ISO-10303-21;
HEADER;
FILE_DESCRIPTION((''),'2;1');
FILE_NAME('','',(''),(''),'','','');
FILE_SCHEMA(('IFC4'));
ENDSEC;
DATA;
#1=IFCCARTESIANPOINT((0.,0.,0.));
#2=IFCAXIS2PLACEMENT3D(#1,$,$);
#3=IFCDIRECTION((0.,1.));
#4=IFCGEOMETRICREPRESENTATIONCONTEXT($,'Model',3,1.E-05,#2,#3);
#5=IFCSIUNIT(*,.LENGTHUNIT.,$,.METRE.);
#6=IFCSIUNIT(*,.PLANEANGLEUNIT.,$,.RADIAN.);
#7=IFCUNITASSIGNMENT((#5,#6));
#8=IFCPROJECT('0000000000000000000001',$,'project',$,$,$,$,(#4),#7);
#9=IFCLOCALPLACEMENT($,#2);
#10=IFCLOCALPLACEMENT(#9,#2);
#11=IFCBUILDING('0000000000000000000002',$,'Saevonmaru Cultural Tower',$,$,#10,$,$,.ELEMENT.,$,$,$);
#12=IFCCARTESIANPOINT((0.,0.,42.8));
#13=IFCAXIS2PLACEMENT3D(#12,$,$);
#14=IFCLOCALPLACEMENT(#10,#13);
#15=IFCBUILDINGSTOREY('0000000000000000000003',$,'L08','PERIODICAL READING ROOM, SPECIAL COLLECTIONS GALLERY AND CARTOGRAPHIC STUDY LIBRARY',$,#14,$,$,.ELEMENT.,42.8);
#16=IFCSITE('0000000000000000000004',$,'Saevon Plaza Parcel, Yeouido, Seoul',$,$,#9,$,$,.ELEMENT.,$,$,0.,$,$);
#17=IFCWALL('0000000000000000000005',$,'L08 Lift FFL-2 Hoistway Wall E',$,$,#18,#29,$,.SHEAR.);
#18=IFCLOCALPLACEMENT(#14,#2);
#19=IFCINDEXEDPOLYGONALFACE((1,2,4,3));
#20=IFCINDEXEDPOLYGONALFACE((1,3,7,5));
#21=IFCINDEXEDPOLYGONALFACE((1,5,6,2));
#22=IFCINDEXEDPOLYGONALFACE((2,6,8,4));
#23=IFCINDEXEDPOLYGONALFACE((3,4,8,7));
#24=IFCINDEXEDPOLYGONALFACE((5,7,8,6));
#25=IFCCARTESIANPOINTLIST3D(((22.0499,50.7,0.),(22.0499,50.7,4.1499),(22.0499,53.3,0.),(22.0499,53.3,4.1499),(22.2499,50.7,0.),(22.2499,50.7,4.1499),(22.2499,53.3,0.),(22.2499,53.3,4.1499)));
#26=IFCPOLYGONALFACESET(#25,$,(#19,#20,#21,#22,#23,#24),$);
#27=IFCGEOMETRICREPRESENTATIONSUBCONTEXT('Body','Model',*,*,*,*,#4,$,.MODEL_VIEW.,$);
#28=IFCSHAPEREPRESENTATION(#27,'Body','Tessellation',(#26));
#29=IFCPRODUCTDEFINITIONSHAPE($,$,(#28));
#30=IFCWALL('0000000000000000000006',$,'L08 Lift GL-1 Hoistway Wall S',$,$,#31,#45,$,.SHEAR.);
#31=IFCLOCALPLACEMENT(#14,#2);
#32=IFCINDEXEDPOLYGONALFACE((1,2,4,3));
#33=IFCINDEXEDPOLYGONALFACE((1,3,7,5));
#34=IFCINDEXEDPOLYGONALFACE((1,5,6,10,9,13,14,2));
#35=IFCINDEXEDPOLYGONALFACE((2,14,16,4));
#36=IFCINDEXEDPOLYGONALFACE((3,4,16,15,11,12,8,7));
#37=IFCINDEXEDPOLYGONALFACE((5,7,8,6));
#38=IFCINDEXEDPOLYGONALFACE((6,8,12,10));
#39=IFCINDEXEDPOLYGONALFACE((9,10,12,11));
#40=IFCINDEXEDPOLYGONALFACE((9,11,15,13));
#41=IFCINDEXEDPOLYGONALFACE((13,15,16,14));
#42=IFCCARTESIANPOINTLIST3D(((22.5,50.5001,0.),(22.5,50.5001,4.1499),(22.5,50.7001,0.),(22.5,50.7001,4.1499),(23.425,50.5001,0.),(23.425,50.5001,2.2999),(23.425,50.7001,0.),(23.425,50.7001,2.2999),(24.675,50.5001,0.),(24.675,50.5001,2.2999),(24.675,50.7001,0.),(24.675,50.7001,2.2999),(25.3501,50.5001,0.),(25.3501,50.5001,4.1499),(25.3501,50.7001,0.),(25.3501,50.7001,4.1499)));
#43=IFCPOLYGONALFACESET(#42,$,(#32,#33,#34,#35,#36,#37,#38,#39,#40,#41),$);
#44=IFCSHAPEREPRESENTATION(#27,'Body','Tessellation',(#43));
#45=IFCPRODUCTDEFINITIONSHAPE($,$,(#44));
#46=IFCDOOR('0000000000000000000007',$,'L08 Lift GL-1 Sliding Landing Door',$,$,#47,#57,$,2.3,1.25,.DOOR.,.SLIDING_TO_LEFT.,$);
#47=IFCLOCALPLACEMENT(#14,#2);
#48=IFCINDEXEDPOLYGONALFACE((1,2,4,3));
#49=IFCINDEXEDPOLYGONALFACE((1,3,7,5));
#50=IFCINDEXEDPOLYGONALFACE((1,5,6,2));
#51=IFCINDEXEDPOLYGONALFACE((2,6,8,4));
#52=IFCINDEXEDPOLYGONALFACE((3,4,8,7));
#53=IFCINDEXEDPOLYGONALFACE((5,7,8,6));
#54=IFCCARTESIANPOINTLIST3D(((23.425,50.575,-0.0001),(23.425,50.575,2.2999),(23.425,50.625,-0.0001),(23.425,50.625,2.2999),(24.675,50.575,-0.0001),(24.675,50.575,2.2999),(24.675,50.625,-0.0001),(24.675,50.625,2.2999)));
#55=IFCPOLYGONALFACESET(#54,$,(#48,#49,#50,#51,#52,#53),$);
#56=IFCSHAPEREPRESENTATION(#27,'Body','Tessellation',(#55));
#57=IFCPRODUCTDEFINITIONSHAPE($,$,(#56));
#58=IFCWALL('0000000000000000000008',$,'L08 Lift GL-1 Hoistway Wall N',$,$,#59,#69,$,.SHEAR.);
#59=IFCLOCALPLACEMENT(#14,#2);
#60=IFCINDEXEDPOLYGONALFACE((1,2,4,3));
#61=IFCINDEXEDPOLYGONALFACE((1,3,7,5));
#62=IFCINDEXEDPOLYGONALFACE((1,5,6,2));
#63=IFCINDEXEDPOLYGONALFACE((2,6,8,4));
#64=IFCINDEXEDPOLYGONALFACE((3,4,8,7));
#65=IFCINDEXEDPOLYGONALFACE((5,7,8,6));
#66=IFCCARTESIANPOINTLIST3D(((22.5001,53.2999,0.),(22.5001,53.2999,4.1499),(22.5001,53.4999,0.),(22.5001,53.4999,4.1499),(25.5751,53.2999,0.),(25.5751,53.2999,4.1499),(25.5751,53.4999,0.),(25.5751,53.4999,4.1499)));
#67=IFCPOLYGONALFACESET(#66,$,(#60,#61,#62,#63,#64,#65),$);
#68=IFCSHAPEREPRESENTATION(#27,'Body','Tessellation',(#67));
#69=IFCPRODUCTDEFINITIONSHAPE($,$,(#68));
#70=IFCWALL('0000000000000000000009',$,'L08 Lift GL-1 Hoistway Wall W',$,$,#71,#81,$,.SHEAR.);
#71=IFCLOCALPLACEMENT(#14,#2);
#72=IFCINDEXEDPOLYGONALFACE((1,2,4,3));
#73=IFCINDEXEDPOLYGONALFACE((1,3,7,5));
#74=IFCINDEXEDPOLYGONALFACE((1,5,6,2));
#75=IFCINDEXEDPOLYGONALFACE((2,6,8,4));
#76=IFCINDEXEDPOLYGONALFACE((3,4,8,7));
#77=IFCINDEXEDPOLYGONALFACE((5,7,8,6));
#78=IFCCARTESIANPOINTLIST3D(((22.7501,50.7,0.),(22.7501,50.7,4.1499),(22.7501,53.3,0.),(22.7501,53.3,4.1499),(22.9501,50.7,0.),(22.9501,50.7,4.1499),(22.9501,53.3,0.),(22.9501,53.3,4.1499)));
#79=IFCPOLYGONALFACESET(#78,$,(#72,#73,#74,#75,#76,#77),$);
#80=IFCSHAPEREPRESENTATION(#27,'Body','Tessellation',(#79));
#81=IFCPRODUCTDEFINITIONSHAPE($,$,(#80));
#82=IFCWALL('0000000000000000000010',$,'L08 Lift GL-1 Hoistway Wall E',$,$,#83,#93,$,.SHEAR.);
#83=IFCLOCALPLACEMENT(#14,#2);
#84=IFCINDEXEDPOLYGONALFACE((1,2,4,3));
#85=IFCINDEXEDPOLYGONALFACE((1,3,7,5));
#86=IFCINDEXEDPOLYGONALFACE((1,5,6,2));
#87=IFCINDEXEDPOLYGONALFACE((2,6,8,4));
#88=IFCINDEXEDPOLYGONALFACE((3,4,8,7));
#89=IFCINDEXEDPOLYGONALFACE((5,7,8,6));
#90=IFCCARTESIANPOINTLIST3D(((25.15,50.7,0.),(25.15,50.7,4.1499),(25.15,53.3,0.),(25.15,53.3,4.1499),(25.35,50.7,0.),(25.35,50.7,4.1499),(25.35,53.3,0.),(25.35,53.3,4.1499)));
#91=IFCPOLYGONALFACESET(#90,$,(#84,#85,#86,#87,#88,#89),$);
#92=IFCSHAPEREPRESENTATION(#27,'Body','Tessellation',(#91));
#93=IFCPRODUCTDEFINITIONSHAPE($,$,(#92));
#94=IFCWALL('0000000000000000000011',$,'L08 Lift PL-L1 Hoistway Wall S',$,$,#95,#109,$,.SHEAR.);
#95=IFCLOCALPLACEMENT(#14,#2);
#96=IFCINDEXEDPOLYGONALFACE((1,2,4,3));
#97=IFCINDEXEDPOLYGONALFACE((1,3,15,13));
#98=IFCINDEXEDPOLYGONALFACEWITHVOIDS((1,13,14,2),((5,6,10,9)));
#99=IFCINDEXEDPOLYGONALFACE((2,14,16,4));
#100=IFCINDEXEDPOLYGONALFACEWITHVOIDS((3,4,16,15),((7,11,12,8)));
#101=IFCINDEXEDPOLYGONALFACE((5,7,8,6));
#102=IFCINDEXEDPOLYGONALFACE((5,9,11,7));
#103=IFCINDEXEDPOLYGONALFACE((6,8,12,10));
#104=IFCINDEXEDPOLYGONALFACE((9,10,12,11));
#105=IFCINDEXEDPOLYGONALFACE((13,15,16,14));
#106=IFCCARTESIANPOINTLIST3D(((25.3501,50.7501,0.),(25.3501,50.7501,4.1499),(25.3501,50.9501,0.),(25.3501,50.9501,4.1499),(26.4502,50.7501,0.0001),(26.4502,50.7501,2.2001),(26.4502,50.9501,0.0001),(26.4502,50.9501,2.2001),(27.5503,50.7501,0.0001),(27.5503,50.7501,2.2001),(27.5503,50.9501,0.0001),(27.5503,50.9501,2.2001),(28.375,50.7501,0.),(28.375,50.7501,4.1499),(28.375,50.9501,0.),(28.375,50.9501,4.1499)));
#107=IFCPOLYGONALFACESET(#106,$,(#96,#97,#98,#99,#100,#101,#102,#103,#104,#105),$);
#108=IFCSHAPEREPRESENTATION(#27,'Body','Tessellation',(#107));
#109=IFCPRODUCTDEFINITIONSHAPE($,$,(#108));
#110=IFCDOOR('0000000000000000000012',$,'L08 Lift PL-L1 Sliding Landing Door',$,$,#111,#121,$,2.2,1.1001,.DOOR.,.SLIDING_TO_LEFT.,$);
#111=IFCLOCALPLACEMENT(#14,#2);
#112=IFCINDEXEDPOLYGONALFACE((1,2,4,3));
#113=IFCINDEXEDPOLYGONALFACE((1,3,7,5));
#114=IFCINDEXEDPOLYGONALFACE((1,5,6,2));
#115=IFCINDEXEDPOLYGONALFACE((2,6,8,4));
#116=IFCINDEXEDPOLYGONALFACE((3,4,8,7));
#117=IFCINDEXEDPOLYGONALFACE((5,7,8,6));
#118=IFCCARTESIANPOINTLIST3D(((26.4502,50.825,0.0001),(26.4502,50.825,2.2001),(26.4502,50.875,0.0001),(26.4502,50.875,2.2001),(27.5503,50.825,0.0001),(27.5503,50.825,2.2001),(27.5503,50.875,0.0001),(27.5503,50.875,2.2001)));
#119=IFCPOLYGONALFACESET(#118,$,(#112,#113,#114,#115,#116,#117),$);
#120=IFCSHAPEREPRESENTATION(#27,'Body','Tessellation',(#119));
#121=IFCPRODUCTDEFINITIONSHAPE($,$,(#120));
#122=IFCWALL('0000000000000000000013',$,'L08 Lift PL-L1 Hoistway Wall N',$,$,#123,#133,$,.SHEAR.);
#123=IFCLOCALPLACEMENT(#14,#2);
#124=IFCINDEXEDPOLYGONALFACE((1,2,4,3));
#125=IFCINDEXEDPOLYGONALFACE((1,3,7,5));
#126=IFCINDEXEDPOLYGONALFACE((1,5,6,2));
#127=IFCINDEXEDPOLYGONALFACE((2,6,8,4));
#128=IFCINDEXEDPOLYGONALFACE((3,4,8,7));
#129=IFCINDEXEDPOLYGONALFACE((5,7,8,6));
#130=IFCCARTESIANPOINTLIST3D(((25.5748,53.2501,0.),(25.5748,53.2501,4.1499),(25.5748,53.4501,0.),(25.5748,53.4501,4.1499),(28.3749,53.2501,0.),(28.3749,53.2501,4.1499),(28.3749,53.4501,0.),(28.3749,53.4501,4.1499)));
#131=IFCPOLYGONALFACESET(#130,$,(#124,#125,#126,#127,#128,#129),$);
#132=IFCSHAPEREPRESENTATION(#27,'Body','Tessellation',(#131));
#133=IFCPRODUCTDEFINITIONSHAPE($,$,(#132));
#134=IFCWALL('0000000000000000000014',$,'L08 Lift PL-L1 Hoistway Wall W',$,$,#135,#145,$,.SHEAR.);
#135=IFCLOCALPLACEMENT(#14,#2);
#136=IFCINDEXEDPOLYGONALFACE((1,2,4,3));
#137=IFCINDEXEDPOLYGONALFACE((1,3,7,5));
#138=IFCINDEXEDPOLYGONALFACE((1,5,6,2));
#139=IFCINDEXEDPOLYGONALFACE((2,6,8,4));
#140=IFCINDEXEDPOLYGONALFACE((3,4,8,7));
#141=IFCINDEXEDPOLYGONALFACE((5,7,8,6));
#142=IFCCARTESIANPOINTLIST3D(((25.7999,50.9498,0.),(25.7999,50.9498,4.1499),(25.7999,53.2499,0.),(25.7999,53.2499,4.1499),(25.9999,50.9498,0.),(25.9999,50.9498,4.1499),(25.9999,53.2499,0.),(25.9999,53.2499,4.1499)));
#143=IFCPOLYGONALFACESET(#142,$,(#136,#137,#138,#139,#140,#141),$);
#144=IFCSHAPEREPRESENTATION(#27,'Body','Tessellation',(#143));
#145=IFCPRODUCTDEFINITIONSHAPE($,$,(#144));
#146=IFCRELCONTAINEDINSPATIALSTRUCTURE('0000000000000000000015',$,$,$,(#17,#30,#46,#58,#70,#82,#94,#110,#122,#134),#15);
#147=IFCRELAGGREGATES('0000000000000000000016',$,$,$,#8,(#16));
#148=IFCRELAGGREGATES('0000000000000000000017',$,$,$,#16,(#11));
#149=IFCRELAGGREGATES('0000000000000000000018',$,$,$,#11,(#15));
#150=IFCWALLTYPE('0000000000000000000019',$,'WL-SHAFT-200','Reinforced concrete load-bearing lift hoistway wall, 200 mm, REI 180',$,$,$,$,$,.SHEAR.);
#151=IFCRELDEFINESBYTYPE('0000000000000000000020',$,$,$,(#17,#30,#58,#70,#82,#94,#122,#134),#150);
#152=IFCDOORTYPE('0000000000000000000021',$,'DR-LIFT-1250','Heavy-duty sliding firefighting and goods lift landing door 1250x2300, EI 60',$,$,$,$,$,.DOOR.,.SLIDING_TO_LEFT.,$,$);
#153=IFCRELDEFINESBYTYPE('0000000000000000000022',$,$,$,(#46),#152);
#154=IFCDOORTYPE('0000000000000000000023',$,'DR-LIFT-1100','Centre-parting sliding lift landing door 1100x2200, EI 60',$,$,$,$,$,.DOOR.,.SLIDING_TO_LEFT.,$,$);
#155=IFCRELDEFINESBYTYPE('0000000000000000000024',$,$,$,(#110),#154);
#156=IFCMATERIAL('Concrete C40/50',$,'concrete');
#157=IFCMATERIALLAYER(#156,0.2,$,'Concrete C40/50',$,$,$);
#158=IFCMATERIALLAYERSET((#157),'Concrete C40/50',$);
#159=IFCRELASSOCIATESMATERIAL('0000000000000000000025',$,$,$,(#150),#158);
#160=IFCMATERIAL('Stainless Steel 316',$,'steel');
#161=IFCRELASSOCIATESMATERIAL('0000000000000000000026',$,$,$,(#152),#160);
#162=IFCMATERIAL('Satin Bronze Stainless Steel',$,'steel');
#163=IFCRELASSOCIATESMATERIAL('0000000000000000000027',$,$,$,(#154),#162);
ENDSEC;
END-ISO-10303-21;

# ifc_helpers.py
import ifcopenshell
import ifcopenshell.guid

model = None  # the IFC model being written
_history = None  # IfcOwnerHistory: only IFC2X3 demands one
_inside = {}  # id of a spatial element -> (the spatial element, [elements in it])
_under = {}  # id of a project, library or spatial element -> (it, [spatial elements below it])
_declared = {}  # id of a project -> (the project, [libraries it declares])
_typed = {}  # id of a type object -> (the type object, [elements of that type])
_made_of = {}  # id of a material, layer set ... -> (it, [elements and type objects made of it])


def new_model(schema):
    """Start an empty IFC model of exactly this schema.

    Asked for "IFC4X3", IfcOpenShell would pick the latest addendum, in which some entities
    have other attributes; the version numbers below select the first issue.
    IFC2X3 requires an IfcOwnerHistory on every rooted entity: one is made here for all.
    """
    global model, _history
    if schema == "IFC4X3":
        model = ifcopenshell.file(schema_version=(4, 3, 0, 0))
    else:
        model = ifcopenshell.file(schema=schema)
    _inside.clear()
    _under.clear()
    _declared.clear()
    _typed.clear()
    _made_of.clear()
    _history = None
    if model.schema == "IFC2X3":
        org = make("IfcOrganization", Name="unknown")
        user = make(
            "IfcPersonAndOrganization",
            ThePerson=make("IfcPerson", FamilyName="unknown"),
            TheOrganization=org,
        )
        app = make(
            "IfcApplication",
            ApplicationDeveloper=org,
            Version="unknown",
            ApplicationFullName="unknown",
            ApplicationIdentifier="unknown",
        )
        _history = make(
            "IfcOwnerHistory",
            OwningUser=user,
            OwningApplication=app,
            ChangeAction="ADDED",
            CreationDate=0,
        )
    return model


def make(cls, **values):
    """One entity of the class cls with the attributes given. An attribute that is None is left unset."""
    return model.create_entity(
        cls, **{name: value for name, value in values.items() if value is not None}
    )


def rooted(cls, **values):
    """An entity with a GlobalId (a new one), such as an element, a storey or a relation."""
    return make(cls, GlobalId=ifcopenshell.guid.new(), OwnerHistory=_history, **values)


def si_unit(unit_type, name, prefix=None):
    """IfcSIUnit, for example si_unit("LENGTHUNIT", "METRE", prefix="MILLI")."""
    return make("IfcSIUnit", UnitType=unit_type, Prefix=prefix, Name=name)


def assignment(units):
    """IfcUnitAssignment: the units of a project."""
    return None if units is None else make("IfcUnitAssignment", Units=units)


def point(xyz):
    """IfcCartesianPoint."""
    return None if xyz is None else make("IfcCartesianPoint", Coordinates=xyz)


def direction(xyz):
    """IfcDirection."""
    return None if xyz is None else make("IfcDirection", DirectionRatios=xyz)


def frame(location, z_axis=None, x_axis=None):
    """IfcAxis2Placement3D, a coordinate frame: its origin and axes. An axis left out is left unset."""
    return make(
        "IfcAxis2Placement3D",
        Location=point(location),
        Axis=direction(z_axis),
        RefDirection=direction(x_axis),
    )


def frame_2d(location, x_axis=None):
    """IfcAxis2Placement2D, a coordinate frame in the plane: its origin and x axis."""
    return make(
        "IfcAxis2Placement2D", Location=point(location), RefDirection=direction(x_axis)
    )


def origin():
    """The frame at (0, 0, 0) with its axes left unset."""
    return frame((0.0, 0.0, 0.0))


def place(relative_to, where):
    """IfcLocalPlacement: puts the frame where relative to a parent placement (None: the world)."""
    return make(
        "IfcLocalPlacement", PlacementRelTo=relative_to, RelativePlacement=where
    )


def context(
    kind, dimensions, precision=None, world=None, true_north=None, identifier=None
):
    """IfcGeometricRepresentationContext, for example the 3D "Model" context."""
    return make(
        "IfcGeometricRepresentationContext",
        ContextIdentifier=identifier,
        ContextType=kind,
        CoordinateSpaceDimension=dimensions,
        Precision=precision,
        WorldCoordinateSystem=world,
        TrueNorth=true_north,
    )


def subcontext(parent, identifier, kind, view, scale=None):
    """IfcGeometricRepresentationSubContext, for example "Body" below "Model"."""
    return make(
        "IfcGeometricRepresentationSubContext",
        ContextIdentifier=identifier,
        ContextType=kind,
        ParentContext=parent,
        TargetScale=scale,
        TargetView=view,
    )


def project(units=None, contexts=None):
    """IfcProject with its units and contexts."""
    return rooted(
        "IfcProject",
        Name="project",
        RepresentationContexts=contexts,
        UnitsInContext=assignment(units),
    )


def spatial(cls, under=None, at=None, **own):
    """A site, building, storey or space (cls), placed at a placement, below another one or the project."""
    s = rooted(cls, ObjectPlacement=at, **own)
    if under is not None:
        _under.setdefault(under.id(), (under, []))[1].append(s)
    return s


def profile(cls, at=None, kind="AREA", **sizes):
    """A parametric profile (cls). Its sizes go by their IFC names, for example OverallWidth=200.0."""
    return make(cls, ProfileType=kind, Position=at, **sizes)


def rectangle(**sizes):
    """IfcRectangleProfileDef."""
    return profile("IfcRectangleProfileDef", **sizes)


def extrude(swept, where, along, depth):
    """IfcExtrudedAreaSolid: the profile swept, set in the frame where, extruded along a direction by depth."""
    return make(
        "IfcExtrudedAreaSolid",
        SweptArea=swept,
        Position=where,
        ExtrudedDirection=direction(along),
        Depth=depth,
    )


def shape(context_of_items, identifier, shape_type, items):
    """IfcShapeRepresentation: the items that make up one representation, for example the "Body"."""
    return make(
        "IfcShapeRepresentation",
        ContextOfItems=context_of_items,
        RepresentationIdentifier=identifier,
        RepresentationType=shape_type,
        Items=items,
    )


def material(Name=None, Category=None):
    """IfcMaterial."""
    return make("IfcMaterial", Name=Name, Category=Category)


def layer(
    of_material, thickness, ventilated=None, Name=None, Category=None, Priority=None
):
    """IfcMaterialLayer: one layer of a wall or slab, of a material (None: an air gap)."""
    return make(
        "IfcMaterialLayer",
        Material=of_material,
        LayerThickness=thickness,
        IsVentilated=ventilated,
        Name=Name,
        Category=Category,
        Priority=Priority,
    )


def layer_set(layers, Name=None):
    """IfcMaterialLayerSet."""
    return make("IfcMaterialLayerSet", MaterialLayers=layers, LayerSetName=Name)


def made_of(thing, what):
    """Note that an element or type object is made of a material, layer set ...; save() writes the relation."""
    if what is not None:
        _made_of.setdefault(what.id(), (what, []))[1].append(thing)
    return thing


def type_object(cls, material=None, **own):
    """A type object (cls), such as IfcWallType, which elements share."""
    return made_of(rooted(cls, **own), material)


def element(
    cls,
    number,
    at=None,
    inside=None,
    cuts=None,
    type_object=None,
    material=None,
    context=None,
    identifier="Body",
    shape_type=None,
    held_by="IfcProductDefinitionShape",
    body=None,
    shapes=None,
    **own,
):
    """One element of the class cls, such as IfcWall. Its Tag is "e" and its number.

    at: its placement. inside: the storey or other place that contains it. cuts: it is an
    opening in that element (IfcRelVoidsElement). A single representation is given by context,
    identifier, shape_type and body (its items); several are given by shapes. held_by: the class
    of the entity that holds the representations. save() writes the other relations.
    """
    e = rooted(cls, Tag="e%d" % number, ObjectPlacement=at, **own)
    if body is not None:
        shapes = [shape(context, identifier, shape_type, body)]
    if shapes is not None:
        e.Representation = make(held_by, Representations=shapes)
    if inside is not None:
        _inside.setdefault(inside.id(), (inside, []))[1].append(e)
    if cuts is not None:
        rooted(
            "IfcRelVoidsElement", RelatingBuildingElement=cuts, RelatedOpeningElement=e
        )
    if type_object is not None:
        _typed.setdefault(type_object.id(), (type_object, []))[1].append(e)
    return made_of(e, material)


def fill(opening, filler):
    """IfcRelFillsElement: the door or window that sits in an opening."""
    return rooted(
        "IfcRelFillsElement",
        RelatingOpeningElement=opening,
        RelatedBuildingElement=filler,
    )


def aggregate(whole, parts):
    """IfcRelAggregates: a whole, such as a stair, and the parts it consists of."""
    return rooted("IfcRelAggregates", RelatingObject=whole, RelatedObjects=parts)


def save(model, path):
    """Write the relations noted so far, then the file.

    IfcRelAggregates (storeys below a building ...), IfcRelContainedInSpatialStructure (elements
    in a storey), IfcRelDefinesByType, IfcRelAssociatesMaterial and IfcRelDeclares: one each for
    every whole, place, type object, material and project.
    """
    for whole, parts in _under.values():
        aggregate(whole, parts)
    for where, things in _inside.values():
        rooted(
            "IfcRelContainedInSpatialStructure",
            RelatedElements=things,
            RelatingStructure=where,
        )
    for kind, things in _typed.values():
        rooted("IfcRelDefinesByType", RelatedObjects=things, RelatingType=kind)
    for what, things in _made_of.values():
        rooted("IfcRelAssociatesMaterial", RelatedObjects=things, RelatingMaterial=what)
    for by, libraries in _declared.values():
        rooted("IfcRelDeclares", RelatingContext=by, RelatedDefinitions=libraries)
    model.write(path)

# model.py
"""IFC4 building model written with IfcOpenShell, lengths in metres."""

from ifc_helpers import new_model, si_unit, direction, frame, frame_2d, origin, place, context, subcontext, project, spatial, rectangle, extrude, material, layer, layer_set, type_object, element, fill, save


model = new_model("IFC4")

# Units and contexts
model_context = context("Model", 3, precision=1e-05, world=origin(), true_north=direction((0.0, 1.0)))
body_context = subcontext(model_context, "Body", "Model", "MODEL_VIEW")
ifc_project = project(units=[si_unit("LENGTHUNIT", "METRE"), si_unit("PLANEANGLEUNIT", "RADIAN")], contexts=[model_context])

# Site, building, storey
site_placement = place(None, origin())
site = spatial("IfcSite", under=ifc_project, at=site_placement, Name="Saevon Plaza Parcel, Yeouido, Seoul", CompositionType="ELEMENT", RefElevation=0.0)
building_placement = place(site_placement, origin())
building = spatial("IfcBuilding", under=site, at=building_placement, Name="Saevonmaru Cultural Tower", CompositionType="ELEMENT")
storey_placement = place(building_placement, frame((0.0, 0.0, 42.8)))
storey = spatial("IfcBuildingStorey", under=building, at=storey_placement, Name="L08", Description="PERIODICAL READING ROOM, SPECIAL COLLECTIONS GALLERY AND CARTOGRAPHIC STUDY LIBRARY", CompositionType="ELEMENT", Elevation=42.8)

# Wall
ifc_material_1 = material(Name="Concrete C40/50", Category="concrete")
ifc_layer_1 = layer(ifc_material_1, 0.2, Name="Concrete C40/50")
ifc_layer_set_1 = layer_set([ifc_layer_1], Name="Concrete C40/50")
wall_type_1 = type_object("IfcWallType", Name="WL-SHAFT-200", Description="Reinforced concrete load-bearing lift hoistway wall, 200 mm, REI 180", PredefinedType="SHEAR", material=ifc_layer_set_1)
for number, where, z_axis, x_axis, name in (
    (1, (22.1499, 50.7, 0.0), (0.0, 0.0, 1.0), (0.0, 1.0, 0.0), "L08 Lift FFL-2 Hoistway Wall E"),
):
    element("IfcWall", number, at=place(storey_placement, frame(where, z_axis=z_axis, x_axis=x_axis)), inside=storey, type_object=wall_type_1, Name=name, PredefinedType="SHEAR", context=body_context, shape_type="SweptSolid", body=[
        extrude(rectangle(XDim=2.6001, YDim=0.2, at=frame_2d((1.3, 0.0))), origin(), (0.0, 0.0, 1.0), 4.1499),
    ])

# Wall, opening, door
wall_1_placement = place(storey_placement, frame((22.5, 50.6001, 0.0), z_axis=(0.0, 0.0, 1.0), x_axis=(1.0, 0.0, 0.0)))
wall_1 = element("IfcWall", 2, at=wall_1_placement, inside=storey, type_object=wall_type_1, Name="L08 Lift GL-1 Hoistway Wall S", PredefinedType="SHEAR", context=body_context, shape_type="SweptSolid", body=[
    extrude(rectangle(XDim=2.8501, YDim=0.2, at=frame_2d((1.425, 0.0))), origin(), (0.0, 0.0, 1.0), 4.1499),
])
opening_1_placement = place(wall_1_placement, frame((0.925, 0.0, 0.0)))
opening_1 = element("IfcOpeningElement", 3, at=opening_1_placement, cuts=wall_1, PredefinedType="OPENING", context=body_context, shape_type="SweptSolid", body=[
    extrude(rectangle(XDim=1.25, YDim=2.3, at=frame_2d((0.625, 1.1499))), frame((0.0, 0.1099, 0.0), z_axis=(0.0, -1.0, 0.0), x_axis=(1.0, 0.0, 0.0)), (0.0, 0.0, 1.0), 0.22),
])
ifc_material_2 = material(Name="Stainless Steel 316", Category="steel")
door_type_1 = type_object("IfcDoorType", Name="DR-LIFT-1250", Description="Heavy-duty sliding firefighting and goods lift landing door 1250x2300, EI 60", OperationType="SLIDING_TO_LEFT", PredefinedType="DOOR", material=ifc_material_2)
door_1_placement = place(opening_1_placement, origin())
door_1 = element("IfcDoor", 4, at=door_1_placement, inside=storey, type_object=door_type_1, Name="L08 Lift GL-1 Sliding Landing Door", OperationType="SLIDING_TO_LEFT", OverallHeight=2.3, OverallWidth=1.25, PredefinedType="DOOR", context=body_context, shape_type="SweptSolid", body=[
    extrude(rectangle(XDim=1.25, YDim=2.3, at=frame_2d((0.625, 1.1499))), frame((0.0, 0.0249, 0.0), z_axis=(0.0, -1.0, 0.0), x_axis=(1.0, 0.0, 0.0)), (0.0, 0.0, 1.0), 0.05),
])
fill(opening_1, door_1)

# Walls
wall_2_placement = place(storey_placement, frame((22.5, 53.3999, 0.0), z_axis=(0.0, 0.0, 1.0), x_axis=(1.0, 0.0, 0.0)))
element("IfcWall", 5, at=wall_2_placement, inside=storey, type_object=wall_type_1, Name="L08 Lift GL-1 Hoistway Wall N", PredefinedType="SHEAR", context=body_context, shape_type="SweptSolid", body=[
    extrude(rectangle(XDim=3.075, YDim=0.2, at=frame_2d((1.5376, 0.0))), origin(), (0.0, 0.0, 1.0), 4.1499),
])
for number, where, z_axis, x_axis, name in (
    (6, (22.8501, 50.7, 0.0), (0.0, 0.0, 1.0), (0.0, 1.0, 0.0), "L08 Lift GL-1 Hoistway Wall W"),
    (7, (25.25, 50.7, 0.0), (0.0, 0.0, 1.0), (0.0, 1.0, 0.0), "L08 Lift GL-1 Hoistway Wall E"),
):
    element("IfcWall", number, at=place(storey_placement, frame(where, z_axis=z_axis, x_axis=x_axis)), inside=storey, type_object=wall_type_1, Name=name, PredefinedType="SHEAR", context=body_context, shape_type="SweptSolid", body=[
        extrude(rectangle(XDim=2.6001, YDim=0.2, at=frame_2d((1.3, 0.0))), origin(), (0.0, 0.0, 1.0), 4.1499),
    ])

# Wall, opening, door
wall_3_placement = place(storey_placement, frame((25.3501, 50.8501, 0.0), z_axis=(0.0, 0.0, 1.0), x_axis=(1.0, 0.0, 0.0)))
wall_3 = element("IfcWall", 8, at=wall_3_placement, inside=storey, type_object=wall_type_1, Name="L08 Lift PL-L1 Hoistway Wall S", PredefinedType="SHEAR", context=body_context, shape_type="SweptSolid", body=[
    extrude(rectangle(XDim=3.0249, YDim=0.2, at=frame_2d((1.5125, 0.0))), origin(), (0.0, 0.0, 1.0), 4.1499),
])
opening_2_placement = place(wall_3_placement, frame((1.1001, 0.0, 0.0)))
opening_2 = element("IfcOpeningElement", 9, at=opening_2_placement, cuts=wall_3, PredefinedType="OPENING", context=body_context, shape_type="SweptSolid", body=[
    extrude(rectangle(XDim=1.1001, YDim=2.2, at=frame_2d((0.55, 1.1001))), frame((0.0, 0.1099, 0.0), z_axis=(0.0, -1.0, 0.0), x_axis=(1.0, 0.0, 0.0)), (0.0, 0.0, 1.0), 0.22),
])
ifc_material_3 = material(Name="Satin Bronze Stainless Steel", Category="steel")
door_type_2 = type_object("IfcDoorType", Name="DR-LIFT-1100", Description="Centre-parting sliding lift landing door 1100x2200, EI 60", OperationType="SLIDING_TO_LEFT", PredefinedType="DOOR", material=ifc_material_3)
door_2_placement = place(opening_2_placement, origin())
door_2 = element("IfcDoor", 10, at=door_2_placement, inside=storey, type_object=door_type_2, Name="L08 Lift PL-L1 Sliding Landing Door", OperationType="SLIDING_TO_LEFT", OverallHeight=2.2, OverallWidth=1.1001, PredefinedType="DOOR", context=body_context, shape_type="SweptSolid", body=[
    extrude(rectangle(XDim=1.1001, YDim=2.2, at=frame_2d((0.55, 1.1001))), frame((0.0, 0.0249, 0.0), z_axis=(0.0, -1.0, 0.0), x_axis=(1.0, 0.0, 0.0)), (0.0, 0.0, 1.0), 0.05),
])
fill(opening_2, door_2)

# Walls
wall_4_placement = place(storey_placement, frame((25.575, 53.3501, 0.0), z_axis=(0.0, 0.0, 1.0), x_axis=(1.0, 0.0, 0.0)))
element("IfcWall", 11, at=wall_4_placement, inside=storey, type_object=wall_type_1, Name="L08 Lift PL-L1 Hoistway Wall N", PredefinedType="SHEAR", context=body_context, shape_type="SweptSolid", body=[
    extrude(rectangle(XDim=2.8, YDim=0.2, at=frame_2d((1.3999, 0.0))), origin(), (0.0, 0.0, 1.0), 4.1499),
])
wall_5_placement = place(storey_placement, frame((25.8999, 50.95, 0.0), z_axis=(0.0, 0.0, 1.0), x_axis=(0.0, 1.0, 0.0)))
element("IfcWall", 12, at=wall_5_placement, inside=storey, type_object=wall_type_1, Name="L08 Lift PL-L1 Hoistway Wall W", PredefinedType="SHEAR", context=body_context, shape_type="SweptSolid", body=[
    extrude(rectangle(XDim=2.3, YDim=0.2, at=frame_2d((1.1499, 0.0))), origin(), (0.0, 0.0, 1.0), 4.1499),
])

save(model, "model.ifc")
